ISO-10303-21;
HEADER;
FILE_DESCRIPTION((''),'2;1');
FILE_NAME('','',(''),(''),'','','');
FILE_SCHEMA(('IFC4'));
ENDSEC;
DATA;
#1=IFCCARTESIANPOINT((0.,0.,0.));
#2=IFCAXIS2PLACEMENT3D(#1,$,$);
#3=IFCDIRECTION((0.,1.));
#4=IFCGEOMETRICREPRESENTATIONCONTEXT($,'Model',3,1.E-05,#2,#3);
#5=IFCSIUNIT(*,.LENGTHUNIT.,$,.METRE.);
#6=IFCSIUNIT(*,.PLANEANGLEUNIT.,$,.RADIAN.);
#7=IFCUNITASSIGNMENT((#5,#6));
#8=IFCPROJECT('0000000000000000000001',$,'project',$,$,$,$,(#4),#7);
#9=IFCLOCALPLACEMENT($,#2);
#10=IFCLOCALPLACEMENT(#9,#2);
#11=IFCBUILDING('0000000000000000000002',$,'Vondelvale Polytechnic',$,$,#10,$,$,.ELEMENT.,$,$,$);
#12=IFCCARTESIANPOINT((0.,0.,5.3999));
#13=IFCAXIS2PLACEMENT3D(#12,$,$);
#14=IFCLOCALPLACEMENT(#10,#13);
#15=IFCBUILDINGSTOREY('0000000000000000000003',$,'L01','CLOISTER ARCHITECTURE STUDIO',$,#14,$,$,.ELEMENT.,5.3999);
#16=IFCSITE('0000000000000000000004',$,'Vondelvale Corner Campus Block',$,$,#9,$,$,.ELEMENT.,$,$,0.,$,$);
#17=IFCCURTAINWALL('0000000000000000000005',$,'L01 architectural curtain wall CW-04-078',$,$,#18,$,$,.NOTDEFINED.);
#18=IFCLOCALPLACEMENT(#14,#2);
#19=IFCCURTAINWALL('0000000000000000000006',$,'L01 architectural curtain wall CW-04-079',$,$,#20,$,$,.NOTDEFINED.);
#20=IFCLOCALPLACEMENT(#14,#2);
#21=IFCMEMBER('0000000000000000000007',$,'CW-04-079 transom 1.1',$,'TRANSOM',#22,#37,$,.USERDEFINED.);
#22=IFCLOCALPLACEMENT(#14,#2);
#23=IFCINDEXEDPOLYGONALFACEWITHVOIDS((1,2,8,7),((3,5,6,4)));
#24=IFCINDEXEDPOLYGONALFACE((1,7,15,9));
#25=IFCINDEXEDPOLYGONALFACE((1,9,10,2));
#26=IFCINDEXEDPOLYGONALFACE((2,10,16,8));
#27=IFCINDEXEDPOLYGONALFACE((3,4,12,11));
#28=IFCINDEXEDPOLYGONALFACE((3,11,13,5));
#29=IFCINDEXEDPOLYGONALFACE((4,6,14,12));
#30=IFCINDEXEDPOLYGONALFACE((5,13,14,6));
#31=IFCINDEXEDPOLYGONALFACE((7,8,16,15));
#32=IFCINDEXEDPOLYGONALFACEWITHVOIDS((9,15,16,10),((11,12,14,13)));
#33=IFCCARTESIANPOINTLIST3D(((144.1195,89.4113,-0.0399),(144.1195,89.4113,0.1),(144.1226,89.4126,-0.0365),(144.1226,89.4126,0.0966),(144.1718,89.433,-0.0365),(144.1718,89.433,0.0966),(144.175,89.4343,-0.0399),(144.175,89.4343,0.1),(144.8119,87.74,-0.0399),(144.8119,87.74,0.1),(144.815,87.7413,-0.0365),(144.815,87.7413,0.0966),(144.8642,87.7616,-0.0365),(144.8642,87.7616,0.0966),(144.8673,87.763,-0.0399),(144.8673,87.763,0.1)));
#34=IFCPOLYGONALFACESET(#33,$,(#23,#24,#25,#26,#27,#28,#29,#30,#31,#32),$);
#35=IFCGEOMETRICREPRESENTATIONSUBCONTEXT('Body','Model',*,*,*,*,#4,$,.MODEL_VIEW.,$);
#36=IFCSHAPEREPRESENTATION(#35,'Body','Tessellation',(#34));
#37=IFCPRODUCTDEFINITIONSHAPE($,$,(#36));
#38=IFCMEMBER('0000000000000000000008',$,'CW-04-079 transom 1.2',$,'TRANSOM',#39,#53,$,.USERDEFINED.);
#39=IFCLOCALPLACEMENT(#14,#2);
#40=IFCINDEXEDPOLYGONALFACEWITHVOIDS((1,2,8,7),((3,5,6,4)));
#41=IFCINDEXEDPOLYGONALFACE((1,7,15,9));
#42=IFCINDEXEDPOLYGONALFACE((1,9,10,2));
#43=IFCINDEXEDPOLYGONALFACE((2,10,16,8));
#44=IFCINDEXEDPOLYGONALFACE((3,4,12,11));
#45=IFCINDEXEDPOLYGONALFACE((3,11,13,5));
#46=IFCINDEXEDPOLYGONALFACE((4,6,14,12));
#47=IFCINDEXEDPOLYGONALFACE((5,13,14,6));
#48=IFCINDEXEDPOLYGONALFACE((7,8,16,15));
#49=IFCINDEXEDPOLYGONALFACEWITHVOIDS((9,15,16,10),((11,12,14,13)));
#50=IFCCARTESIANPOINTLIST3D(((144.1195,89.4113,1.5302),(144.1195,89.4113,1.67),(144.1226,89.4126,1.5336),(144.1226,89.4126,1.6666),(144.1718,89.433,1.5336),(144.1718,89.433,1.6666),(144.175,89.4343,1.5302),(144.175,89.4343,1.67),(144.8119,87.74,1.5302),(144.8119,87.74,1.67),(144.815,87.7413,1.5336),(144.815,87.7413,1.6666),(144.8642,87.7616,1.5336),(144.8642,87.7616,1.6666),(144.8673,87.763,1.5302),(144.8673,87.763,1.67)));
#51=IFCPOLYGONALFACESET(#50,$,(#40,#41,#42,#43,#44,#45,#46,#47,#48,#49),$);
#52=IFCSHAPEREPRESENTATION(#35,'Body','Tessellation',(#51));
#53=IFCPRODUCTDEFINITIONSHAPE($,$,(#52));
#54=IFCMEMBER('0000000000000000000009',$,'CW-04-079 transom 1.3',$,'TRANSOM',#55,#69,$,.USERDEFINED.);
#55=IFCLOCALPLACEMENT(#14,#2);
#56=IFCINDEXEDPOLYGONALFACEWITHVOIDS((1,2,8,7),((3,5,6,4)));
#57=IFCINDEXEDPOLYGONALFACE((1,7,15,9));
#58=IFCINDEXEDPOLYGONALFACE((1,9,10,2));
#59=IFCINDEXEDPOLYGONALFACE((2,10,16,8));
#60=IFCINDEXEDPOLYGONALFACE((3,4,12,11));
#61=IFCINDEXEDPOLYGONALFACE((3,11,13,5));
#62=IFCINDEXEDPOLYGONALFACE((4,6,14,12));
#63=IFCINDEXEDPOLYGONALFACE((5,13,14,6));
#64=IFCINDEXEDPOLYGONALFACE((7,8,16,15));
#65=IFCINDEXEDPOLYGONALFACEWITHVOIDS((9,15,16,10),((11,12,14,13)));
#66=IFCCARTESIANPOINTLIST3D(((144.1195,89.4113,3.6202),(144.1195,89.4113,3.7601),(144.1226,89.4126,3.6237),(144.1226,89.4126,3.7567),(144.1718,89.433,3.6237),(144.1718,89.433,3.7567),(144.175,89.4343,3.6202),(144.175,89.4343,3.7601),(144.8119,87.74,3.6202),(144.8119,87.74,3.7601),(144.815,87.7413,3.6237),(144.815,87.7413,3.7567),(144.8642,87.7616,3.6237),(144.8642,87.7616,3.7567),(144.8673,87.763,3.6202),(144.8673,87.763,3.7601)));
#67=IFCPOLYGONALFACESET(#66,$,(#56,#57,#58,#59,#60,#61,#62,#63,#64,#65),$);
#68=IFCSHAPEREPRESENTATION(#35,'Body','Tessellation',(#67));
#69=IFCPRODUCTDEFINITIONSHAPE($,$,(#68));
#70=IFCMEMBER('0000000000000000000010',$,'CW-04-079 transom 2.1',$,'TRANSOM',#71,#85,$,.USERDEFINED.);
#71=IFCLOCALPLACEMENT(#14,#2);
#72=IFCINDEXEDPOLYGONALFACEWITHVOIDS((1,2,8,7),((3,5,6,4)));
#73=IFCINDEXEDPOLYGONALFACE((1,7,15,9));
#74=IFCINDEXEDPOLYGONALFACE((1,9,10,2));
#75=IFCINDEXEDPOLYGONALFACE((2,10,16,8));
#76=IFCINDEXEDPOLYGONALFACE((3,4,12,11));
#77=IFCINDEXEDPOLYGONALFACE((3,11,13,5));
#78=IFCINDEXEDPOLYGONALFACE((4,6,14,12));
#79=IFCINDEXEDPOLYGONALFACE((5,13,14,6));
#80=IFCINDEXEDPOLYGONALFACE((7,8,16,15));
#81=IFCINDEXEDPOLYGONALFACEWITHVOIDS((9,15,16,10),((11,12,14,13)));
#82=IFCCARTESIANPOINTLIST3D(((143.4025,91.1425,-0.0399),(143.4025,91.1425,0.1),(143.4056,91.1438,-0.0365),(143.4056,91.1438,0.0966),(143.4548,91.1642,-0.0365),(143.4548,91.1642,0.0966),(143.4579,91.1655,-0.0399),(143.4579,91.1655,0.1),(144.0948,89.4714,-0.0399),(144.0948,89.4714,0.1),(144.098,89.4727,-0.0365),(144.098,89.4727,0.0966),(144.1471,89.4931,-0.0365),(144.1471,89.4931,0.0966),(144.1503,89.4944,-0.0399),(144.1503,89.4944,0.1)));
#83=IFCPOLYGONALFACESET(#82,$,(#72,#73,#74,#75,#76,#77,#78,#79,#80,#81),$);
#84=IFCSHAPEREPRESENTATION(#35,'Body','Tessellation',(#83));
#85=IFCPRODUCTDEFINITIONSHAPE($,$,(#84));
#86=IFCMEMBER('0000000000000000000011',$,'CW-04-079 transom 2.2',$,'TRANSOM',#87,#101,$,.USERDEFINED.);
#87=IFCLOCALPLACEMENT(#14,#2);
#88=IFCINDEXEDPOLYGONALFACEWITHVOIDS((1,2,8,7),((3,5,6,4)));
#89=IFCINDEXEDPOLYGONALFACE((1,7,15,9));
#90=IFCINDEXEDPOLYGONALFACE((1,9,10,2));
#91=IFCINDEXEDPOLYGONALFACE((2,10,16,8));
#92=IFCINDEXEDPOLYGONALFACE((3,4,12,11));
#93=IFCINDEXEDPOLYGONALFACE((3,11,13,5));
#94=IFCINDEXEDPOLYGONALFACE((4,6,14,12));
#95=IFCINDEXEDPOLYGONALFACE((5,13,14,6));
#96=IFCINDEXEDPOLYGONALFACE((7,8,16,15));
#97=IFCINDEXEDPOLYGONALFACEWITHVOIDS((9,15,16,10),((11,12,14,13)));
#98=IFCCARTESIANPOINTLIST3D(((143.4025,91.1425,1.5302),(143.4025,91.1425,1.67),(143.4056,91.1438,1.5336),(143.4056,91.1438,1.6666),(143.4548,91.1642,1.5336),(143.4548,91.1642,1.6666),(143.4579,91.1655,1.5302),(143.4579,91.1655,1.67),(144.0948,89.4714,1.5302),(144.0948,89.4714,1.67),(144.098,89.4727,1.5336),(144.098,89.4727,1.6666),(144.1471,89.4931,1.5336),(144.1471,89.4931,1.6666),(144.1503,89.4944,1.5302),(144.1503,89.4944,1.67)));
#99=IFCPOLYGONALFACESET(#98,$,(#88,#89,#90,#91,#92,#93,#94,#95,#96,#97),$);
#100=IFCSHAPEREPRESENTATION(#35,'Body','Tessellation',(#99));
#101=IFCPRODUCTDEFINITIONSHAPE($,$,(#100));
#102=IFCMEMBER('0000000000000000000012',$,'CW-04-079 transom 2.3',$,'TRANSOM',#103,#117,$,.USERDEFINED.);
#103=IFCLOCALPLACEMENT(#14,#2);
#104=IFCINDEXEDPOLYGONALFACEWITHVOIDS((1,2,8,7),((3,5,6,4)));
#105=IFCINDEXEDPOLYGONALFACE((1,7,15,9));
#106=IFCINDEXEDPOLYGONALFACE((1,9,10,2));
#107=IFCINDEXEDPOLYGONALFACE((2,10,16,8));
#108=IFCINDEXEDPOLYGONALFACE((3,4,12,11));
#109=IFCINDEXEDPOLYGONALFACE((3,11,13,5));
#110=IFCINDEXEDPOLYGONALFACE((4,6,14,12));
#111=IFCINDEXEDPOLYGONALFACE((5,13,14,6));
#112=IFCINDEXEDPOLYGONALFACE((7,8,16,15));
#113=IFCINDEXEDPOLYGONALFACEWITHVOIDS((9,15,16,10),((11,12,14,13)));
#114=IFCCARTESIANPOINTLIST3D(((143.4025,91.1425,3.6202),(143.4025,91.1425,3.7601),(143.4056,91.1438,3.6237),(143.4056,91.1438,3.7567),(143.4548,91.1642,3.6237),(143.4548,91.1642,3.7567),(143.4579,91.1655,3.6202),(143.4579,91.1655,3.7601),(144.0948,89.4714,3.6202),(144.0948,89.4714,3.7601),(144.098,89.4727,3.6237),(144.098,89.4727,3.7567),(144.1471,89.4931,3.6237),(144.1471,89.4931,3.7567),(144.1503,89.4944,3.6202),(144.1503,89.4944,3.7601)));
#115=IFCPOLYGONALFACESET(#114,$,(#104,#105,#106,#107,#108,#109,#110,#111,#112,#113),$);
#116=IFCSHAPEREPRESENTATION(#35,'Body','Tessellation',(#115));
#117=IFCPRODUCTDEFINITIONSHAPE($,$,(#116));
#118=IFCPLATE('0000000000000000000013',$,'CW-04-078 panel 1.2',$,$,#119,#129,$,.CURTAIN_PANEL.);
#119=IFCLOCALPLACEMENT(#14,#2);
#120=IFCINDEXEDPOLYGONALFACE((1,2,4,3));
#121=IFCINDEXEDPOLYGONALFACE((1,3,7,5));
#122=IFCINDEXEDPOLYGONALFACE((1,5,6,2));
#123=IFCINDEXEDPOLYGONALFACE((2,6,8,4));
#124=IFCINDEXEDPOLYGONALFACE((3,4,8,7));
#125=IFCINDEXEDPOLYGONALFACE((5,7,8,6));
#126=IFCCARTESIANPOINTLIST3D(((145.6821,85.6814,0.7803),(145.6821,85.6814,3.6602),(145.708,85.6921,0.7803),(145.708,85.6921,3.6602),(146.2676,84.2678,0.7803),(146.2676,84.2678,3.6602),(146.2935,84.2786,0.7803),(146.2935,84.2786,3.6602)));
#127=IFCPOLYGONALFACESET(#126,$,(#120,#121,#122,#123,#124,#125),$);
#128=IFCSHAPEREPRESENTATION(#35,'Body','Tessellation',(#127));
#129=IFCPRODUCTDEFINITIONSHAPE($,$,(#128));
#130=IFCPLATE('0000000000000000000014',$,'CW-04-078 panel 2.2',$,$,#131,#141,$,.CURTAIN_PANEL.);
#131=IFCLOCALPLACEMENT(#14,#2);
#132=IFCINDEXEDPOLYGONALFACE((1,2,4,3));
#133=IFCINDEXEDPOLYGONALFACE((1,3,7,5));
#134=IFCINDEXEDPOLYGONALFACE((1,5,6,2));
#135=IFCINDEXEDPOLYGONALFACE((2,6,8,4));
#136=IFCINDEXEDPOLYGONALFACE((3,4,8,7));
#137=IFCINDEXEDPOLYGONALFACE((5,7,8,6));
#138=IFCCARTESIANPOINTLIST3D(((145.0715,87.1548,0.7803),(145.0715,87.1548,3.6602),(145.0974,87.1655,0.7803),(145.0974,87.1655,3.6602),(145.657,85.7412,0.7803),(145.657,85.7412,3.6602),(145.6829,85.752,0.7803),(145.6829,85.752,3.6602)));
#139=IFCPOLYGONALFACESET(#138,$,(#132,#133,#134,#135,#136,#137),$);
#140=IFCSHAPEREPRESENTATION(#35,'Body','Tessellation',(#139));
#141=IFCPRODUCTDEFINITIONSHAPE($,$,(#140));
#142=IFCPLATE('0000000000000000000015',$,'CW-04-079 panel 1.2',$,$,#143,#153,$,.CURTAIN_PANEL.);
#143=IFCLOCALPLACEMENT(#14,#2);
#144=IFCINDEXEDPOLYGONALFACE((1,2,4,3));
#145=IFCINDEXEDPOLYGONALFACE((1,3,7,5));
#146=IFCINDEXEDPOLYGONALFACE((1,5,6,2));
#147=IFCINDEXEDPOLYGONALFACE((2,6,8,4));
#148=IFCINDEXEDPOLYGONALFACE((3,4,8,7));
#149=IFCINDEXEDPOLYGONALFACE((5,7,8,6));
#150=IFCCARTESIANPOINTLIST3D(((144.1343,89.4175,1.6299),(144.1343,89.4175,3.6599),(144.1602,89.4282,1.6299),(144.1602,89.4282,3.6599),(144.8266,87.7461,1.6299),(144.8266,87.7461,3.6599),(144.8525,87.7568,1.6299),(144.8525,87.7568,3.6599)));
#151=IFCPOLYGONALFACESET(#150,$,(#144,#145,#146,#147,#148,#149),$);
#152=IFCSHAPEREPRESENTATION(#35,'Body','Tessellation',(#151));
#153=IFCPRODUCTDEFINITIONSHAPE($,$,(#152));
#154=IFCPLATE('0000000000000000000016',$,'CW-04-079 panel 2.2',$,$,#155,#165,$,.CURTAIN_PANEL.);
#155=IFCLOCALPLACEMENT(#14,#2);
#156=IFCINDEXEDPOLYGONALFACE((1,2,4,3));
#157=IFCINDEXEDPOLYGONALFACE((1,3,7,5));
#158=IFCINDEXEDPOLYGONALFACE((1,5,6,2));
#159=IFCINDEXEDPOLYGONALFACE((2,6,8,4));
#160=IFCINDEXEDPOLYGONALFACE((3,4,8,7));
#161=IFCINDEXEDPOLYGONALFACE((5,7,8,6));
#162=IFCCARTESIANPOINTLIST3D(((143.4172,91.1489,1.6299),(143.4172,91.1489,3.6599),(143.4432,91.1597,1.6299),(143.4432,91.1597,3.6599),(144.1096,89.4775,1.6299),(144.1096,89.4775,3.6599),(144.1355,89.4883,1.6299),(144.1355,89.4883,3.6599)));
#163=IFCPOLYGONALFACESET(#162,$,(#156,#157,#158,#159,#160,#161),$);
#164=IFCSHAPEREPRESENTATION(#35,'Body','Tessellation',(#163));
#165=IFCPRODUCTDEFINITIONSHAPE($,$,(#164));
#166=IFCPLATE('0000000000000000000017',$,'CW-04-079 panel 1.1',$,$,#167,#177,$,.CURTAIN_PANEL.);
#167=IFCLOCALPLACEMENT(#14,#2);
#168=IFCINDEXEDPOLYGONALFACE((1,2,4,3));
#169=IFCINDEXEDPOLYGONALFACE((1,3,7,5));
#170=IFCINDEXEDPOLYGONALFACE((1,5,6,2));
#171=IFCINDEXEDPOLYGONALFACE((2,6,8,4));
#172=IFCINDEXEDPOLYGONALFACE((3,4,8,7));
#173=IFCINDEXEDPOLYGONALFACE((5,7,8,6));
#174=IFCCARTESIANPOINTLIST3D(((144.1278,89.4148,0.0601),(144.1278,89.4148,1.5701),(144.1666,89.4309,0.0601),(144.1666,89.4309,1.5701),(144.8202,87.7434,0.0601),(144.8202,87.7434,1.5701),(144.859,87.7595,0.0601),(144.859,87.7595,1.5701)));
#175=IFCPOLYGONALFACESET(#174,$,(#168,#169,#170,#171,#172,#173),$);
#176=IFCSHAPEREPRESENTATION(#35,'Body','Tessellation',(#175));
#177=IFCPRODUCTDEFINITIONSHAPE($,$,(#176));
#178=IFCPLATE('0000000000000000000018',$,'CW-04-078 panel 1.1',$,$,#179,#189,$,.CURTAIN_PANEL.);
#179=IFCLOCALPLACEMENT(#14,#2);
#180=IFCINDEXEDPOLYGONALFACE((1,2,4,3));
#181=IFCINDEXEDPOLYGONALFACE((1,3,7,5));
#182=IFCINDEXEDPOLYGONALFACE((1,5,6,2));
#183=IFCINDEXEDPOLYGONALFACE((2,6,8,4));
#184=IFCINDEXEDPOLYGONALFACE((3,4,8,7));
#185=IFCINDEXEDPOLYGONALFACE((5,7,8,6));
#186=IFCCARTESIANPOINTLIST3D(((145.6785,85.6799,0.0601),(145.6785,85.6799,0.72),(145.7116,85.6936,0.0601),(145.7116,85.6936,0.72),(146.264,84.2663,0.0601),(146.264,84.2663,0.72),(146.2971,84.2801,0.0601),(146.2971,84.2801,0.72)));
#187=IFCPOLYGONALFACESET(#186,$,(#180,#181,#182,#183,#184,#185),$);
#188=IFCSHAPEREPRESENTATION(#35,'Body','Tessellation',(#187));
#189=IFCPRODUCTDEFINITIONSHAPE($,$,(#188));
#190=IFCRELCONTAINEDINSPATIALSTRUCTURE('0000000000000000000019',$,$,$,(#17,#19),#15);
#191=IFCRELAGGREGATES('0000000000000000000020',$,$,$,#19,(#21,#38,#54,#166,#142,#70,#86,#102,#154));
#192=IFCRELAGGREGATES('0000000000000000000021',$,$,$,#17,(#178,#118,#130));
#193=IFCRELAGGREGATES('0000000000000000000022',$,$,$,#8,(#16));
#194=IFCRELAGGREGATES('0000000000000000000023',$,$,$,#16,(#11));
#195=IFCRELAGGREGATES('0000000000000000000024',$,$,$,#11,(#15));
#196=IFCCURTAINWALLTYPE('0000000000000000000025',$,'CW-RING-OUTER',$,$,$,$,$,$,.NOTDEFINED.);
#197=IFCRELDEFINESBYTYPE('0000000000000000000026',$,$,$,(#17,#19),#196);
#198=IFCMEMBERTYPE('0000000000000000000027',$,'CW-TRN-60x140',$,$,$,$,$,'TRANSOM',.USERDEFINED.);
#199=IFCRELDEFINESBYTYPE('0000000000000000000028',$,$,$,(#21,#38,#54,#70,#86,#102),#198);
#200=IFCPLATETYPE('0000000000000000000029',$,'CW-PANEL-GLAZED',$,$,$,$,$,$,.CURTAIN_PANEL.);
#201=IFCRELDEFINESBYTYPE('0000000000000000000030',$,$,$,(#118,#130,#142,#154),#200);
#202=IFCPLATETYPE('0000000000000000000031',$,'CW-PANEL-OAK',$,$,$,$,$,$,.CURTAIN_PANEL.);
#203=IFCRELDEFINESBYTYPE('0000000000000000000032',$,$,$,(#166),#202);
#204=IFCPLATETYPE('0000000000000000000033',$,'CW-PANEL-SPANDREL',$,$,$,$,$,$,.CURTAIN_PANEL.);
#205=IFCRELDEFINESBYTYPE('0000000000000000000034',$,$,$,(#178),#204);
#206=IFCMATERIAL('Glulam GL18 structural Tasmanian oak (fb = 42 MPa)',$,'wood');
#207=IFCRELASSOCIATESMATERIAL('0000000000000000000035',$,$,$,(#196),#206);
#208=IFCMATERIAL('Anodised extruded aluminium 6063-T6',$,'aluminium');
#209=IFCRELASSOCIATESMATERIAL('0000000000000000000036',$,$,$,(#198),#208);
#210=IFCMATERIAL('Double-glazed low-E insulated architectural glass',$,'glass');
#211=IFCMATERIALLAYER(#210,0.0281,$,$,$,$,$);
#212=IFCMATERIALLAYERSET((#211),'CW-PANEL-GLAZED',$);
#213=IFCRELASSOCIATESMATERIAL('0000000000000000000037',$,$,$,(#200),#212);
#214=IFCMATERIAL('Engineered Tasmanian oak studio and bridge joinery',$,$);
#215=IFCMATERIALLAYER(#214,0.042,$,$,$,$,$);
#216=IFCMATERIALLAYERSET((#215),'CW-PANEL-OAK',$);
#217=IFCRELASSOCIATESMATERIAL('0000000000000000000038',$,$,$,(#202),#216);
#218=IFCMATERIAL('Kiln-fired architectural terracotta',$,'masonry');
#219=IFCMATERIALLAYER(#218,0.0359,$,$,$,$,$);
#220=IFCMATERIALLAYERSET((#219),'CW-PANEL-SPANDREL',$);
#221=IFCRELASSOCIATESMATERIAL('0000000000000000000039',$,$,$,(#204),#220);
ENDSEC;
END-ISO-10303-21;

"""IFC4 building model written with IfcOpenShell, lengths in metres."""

from ifc_helpers import new_model, si_unit, direction, frame, origin, origin_2d, place, context, subcontext, project, spatial, rectangle, hollow_rectangle, extrude, material, layer, layer_set, material_profile, profile_set, type_object, element, aggregate, save


model = new_model("IFC4")

# Units and contexts
model_context = context("Model", 3, precision=1e-05, world=origin(), true_north=direction((0.0, 1.0)))
body_context = subcontext(model_context, "Body", "Model", "MODEL_VIEW")
ifc_project = project(units=[si_unit("LENGTHUNIT", "METRE"), si_unit("PLANEANGLEUNIT", "RADIAN")], contexts=[model_context])

# Site, building, storey
site_placement = place(None, origin())
site = spatial("IfcSite", under=ifc_project, at=site_placement, Name="Vondelvale Corner Campus Block", CompositionType="ELEMENT", RefElevation=0.0)
building_placement = place(site_placement, origin())
building = spatial("IfcBuilding", under=site, at=building_placement, Name="Vondelvale Polytechnic", CompositionType="ELEMENT")
storey_placement = place(building_placement, frame((0.0, 0.0, 5.3999)))
storey = spatial("IfcBuildingStorey", under=building, at=storey_placement, Name="L01", Description="CLOISTER ARCHITECTURE STUDIO", CompositionType="ELEMENT", Elevation=5.3999)

# Shared definitions
ifc_material_1 = material(Name="Glulam GL18 structural Tasmanian oak (fb = 42 MPa)", Category="wood")

# Curtain walls
curtain_wall_type = type_object("IfcCurtainWallType", Name="CW-RING-OUTER", PredefinedType="NOTDEFINED", material=ifc_material_1)
curtain_wall_1_placement = place(storey_placement, origin())
curtain_wall_1 = element("IfcCurtainWall", 1, at=curtain_wall_1_placement, inside=storey, type_object=curtain_wall_type, Name="L01 architectural curtain wall CW-04-078", PredefinedType="NOTDEFINED")
ifc_material_2 = material(Name="Anodised extruded aluminium 6063-T6", Category="aluminium")
curtain_wall_2_placement = place(storey_placement, origin())
curtain_wall_2 = element("IfcCurtainWall", 2, at=curtain_wall_2_placement, inside=storey, type_object=curtain_wall_type, Name="L01 architectural curtain wall CW-04-079", PredefinedType="NOTDEFINED")

# Members
ifc_material_profile_1 = material_profile(ifc_material_2, hollow_rectangle(XDim=0.0601, YDim=0.1399, WallThickness=0.0034, at=origin_2d()), Name="CW-TRN-140x60")
ifc_profile_set_1 = profile_set([ifc_material_profile_1], Name="Anodised extruded aluminium 6063-T6")
member_type_1 = type_object("IfcMemberType", Name="CW-TRN-60x140", ElementType="TRANSOM", PredefinedType="USERDEFINED", material=ifc_profile_set_1)
member_1_placement = place(storey_placement, frame((144.8396, 87.7515, 0.03), z_axis=(-0.382717, 0.923866, 0.0), x_axis=(-0.923866, -0.382717, 0.0)))
member_1 = element("IfcMember", 3, at=member_1_placement, type_object=member_type_1, Name="CW-04-079 transom 1.1", ObjectType="TRANSOM", PredefinedType="USERDEFINED", context=body_context, shape_type="SweptSolid", body=[
    extrude(hollow_rectangle(XDim=0.0601, YDim=0.1399, WallThickness=0.0034, at=origin_2d()), origin(), (0.0, 0.0, 1.0), 1.8091),
])
member_2_placement = place(storey_placement, frame((144.8396, 87.7515, 1.6001), z_axis=(-0.382717, 0.923866, 0.0), x_axis=(-0.923866, -0.382717, 0.0)))
member_2 = element("IfcMember", 4, at=member_2_placement, type_object=member_type_1, Name="CW-04-079 transom 1.2", ObjectType="TRANSOM", PredefinedType="USERDEFINED", context=body_context, shape_type="SweptSolid", body=[
    extrude(hollow_rectangle(XDim=0.0601, YDim=0.1399, WallThickness=0.0034, at=origin_2d()), origin(), (0.0, 0.0, 1.0), 1.8091),
])
member_3_placement = place(storey_placement, frame((144.8396, 87.7515, 3.6902), z_axis=(-0.382717, 0.923866, 0.0), x_axis=(-0.923866, -0.382717, 0.0)))
member_3 = element("IfcMember", 5, at=member_3_placement, type_object=member_type_1, Name="CW-04-079 transom 1.3", ObjectType="TRANSOM", PredefinedType="USERDEFINED", context=body_context, shape_type="SweptSolid", body=[
    extrude(hollow_rectangle(XDim=0.0601, YDim=0.1399, WallThickness=0.0034, at=origin_2d()), origin(), (0.0, 0.0, 1.0), 1.8091),
])
member_4_placement = place(storey_placement, frame((144.1226, 89.4829, 0.03), z_axis=(-0.382765, 0.923846, 0.0), x_axis=(-0.923846, -0.382765, 0.0)))
member_4 = element("IfcMember", 6, at=member_4_placement, type_object=member_type_1, Name="CW-04-079 transom 2.1", ObjectType="TRANSOM", PredefinedType="USERDEFINED", context=body_context, shape_type="SweptSolid", body=[
    extrude(hollow_rectangle(XDim=0.0601, YDim=0.1399, WallThickness=0.0034, at=origin_2d()), origin(), (0.0, 0.0, 1.0), 1.8088),
])
member_5_placement = place(storey_placement, frame((144.1226, 89.4829, 1.6001), z_axis=(-0.382765, 0.923846, 0.0), x_axis=(-0.923846, -0.382765, 0.0)))
member_5 = element("IfcMember", 7, at=member_5_placement, type_object=member_type_1, Name="CW-04-079 transom 2.2", ObjectType="TRANSOM", PredefinedType="USERDEFINED", context=body_context, shape_type="SweptSolid", body=[
    extrude(hollow_rectangle(XDim=0.0601, YDim=0.1399, WallThickness=0.0034, at=origin_2d()), origin(), (0.0, 0.0, 1.0), 1.8088),
])
member_6_placement = place(storey_placement, frame((144.1226, 89.4829, 3.6902), z_axis=(-0.382765, 0.923846, 0.0), x_axis=(-0.923846, -0.382765, 0.0)))
member_6 = element("IfcMember", 8, at=member_6_placement, type_object=member_type_1, Name="CW-04-079 transom 2.3", ObjectType="TRANSOM", PredefinedType="USERDEFINED", context=body_context, shape_type="SweptSolid", body=[
    extrude(hollow_rectangle(XDim=0.0601, YDim=0.1399, WallThickness=0.0034, at=origin_2d()), origin(), (0.0, 0.0, 1.0), 1.8088),
])

# Plates
ifc_material_3 = material(Name="Double-glazed low-E insulated architectural glass", Category="glass")
ifc_layer_1 = layer(ifc_material_3, 0.0281)
ifc_layer_set_1 = layer_set([ifc_layer_1], Name="CW-PANEL-GLAZED")
plate_type_1 = type_object("IfcPlateType", Name="CW-PANEL-GLAZED", PredefinedType="CURTAIN_PANEL", material=ifc_layer_set_1)
plate_1_placement = place(storey_placement, frame((145.9878, 84.98, 0.7803), z_axis=(0.0, 0.0, 1.0), x_axis=(-0.382677, 0.923882, 0.0)))
plate_1 = element("IfcPlate", 9, at=plate_1_placement, type_object=plate_type_1, Name="CW-04-078 panel 1.2", PredefinedType="CURTAIN_PANEL", context=body_context, shape_type="SweptSolid", body=[
    extrude(rectangle(XDim=1.53, YDim=0.0281, at=origin_2d()), origin(), (0.0, 0.0, 1.0), 2.8799),
])
plate_2_placement = place(storey_placement, frame((145.3772, 86.4534, 0.7803), z_axis=(0.0, 0.0, 1.0), x_axis=(-0.382677, 0.923882, 0.0)))
plate_2 = element("IfcPlate", 10, at=plate_2_placement, type_object=plate_type_1, Name="CW-04-078 panel 2.2", PredefinedType="CURTAIN_PANEL", context=body_context, shape_type="SweptSolid", body=[
    extrude(rectangle(XDim=1.53, YDim=0.0281, at=origin_2d()), origin(), (0.0, 0.0, 1.0), 2.8799),
])
plate_3_placement = place(storey_placement, frame((144.4934, 88.5872, 1.6299), z_axis=(0.0, 0.0, 1.0), x_axis=(-0.382695, 0.923875, 0.0)))
plate_3 = element("IfcPlate", 11, at=plate_3_placement, type_object=plate_type_1, Name="CW-04-079 panel 1.2", PredefinedType="CURTAIN_PANEL", context=body_context, shape_type="SweptSolid", body=[
    extrude(rectangle(XDim=1.8091, YDim=0.0281, at=origin_2d()), origin(), (0.0, 0.0, 1.0), 2.03),
])
plate_4_placement = place(storey_placement, frame((143.7764, 90.3186, 1.6299), z_axis=(0.0, 0.0, 1.0), x_axis=(-0.382695, 0.923875, 0.0)))
plate_4 = element("IfcPlate", 12, at=plate_4_placement, type_object=plate_type_1, Name="CW-04-079 panel 2.2", PredefinedType="CURTAIN_PANEL", context=body_context, shape_type="SweptSolid", body=[
    extrude(rectangle(XDim=1.8091, YDim=0.0281, at=origin_2d()), origin(), (0.0, 0.0, 1.0), 2.03),
])
ifc_material_4 = material(Name="Engineered Tasmanian oak studio and bridge joinery")
ifc_layer_2 = layer(ifc_material_4, 0.042)
ifc_layer_set_2 = layer_set([ifc_layer_2], Name="CW-PANEL-OAK")
plate_type_2 = type_object("IfcPlateType", Name="CW-PANEL-OAK", PredefinedType="CURTAIN_PANEL", material=ifc_layer_set_2)
plate_5_placement = place(storey_placement, frame((144.4934, 88.5872, 0.0601), z_axis=(0.0, 0.0, 1.0), x_axis=(-0.382695, 0.923875, 0.0)))
plate_5 = element("IfcPlate", 13, at=plate_5_placement, type_object=plate_type_2, Name="CW-04-079 panel 1.1", PredefinedType="CURTAIN_PANEL", context=body_context, shape_type="SweptSolid", body=[
    extrude(rectangle(XDim=1.8091, YDim=0.042, at=origin_2d()), origin(), (0.0, 0.0, 1.0), 1.51),
])
aggregate(curtain_wall_2, [member_1, member_2, member_3, plate_5, plate_3, member_4, member_5, member_6, plate_4])
ifc_material_5 = material(Name="Kiln-fired architectural terracotta", Category="masonry")
ifc_layer_3 = layer(ifc_material_5, 0.0359)
ifc_layer_set_3 = layer_set([ifc_layer_3], Name="CW-PANEL-SPANDREL")
plate_type_3 = type_object("IfcPlateType", Name="CW-PANEL-SPANDREL", PredefinedType="CURTAIN_PANEL", material=ifc_layer_set_3)
plate_6_placement = place(storey_placement, frame((145.9878, 84.98, 0.0601), z_axis=(0.0, 0.0, 1.0), x_axis=(-0.382677, 0.923882, 0.0)))
plate_6 = element("IfcPlate", 14, at=plate_6_placement, type_object=plate_type_3, Name="CW-04-078 panel 1.1", PredefinedType="CURTAIN_PANEL", context=body_context, shape_type="SweptSolid", body=[
    extrude(rectangle(XDim=1.53, YDim=0.0359, at=origin_2d()), origin(), (0.0, 0.0, 1.0), 0.6599),
])
aggregate(curtain_wall_1, [plate_6, plate_1, plate_2])

save(model, "model.ifc")
